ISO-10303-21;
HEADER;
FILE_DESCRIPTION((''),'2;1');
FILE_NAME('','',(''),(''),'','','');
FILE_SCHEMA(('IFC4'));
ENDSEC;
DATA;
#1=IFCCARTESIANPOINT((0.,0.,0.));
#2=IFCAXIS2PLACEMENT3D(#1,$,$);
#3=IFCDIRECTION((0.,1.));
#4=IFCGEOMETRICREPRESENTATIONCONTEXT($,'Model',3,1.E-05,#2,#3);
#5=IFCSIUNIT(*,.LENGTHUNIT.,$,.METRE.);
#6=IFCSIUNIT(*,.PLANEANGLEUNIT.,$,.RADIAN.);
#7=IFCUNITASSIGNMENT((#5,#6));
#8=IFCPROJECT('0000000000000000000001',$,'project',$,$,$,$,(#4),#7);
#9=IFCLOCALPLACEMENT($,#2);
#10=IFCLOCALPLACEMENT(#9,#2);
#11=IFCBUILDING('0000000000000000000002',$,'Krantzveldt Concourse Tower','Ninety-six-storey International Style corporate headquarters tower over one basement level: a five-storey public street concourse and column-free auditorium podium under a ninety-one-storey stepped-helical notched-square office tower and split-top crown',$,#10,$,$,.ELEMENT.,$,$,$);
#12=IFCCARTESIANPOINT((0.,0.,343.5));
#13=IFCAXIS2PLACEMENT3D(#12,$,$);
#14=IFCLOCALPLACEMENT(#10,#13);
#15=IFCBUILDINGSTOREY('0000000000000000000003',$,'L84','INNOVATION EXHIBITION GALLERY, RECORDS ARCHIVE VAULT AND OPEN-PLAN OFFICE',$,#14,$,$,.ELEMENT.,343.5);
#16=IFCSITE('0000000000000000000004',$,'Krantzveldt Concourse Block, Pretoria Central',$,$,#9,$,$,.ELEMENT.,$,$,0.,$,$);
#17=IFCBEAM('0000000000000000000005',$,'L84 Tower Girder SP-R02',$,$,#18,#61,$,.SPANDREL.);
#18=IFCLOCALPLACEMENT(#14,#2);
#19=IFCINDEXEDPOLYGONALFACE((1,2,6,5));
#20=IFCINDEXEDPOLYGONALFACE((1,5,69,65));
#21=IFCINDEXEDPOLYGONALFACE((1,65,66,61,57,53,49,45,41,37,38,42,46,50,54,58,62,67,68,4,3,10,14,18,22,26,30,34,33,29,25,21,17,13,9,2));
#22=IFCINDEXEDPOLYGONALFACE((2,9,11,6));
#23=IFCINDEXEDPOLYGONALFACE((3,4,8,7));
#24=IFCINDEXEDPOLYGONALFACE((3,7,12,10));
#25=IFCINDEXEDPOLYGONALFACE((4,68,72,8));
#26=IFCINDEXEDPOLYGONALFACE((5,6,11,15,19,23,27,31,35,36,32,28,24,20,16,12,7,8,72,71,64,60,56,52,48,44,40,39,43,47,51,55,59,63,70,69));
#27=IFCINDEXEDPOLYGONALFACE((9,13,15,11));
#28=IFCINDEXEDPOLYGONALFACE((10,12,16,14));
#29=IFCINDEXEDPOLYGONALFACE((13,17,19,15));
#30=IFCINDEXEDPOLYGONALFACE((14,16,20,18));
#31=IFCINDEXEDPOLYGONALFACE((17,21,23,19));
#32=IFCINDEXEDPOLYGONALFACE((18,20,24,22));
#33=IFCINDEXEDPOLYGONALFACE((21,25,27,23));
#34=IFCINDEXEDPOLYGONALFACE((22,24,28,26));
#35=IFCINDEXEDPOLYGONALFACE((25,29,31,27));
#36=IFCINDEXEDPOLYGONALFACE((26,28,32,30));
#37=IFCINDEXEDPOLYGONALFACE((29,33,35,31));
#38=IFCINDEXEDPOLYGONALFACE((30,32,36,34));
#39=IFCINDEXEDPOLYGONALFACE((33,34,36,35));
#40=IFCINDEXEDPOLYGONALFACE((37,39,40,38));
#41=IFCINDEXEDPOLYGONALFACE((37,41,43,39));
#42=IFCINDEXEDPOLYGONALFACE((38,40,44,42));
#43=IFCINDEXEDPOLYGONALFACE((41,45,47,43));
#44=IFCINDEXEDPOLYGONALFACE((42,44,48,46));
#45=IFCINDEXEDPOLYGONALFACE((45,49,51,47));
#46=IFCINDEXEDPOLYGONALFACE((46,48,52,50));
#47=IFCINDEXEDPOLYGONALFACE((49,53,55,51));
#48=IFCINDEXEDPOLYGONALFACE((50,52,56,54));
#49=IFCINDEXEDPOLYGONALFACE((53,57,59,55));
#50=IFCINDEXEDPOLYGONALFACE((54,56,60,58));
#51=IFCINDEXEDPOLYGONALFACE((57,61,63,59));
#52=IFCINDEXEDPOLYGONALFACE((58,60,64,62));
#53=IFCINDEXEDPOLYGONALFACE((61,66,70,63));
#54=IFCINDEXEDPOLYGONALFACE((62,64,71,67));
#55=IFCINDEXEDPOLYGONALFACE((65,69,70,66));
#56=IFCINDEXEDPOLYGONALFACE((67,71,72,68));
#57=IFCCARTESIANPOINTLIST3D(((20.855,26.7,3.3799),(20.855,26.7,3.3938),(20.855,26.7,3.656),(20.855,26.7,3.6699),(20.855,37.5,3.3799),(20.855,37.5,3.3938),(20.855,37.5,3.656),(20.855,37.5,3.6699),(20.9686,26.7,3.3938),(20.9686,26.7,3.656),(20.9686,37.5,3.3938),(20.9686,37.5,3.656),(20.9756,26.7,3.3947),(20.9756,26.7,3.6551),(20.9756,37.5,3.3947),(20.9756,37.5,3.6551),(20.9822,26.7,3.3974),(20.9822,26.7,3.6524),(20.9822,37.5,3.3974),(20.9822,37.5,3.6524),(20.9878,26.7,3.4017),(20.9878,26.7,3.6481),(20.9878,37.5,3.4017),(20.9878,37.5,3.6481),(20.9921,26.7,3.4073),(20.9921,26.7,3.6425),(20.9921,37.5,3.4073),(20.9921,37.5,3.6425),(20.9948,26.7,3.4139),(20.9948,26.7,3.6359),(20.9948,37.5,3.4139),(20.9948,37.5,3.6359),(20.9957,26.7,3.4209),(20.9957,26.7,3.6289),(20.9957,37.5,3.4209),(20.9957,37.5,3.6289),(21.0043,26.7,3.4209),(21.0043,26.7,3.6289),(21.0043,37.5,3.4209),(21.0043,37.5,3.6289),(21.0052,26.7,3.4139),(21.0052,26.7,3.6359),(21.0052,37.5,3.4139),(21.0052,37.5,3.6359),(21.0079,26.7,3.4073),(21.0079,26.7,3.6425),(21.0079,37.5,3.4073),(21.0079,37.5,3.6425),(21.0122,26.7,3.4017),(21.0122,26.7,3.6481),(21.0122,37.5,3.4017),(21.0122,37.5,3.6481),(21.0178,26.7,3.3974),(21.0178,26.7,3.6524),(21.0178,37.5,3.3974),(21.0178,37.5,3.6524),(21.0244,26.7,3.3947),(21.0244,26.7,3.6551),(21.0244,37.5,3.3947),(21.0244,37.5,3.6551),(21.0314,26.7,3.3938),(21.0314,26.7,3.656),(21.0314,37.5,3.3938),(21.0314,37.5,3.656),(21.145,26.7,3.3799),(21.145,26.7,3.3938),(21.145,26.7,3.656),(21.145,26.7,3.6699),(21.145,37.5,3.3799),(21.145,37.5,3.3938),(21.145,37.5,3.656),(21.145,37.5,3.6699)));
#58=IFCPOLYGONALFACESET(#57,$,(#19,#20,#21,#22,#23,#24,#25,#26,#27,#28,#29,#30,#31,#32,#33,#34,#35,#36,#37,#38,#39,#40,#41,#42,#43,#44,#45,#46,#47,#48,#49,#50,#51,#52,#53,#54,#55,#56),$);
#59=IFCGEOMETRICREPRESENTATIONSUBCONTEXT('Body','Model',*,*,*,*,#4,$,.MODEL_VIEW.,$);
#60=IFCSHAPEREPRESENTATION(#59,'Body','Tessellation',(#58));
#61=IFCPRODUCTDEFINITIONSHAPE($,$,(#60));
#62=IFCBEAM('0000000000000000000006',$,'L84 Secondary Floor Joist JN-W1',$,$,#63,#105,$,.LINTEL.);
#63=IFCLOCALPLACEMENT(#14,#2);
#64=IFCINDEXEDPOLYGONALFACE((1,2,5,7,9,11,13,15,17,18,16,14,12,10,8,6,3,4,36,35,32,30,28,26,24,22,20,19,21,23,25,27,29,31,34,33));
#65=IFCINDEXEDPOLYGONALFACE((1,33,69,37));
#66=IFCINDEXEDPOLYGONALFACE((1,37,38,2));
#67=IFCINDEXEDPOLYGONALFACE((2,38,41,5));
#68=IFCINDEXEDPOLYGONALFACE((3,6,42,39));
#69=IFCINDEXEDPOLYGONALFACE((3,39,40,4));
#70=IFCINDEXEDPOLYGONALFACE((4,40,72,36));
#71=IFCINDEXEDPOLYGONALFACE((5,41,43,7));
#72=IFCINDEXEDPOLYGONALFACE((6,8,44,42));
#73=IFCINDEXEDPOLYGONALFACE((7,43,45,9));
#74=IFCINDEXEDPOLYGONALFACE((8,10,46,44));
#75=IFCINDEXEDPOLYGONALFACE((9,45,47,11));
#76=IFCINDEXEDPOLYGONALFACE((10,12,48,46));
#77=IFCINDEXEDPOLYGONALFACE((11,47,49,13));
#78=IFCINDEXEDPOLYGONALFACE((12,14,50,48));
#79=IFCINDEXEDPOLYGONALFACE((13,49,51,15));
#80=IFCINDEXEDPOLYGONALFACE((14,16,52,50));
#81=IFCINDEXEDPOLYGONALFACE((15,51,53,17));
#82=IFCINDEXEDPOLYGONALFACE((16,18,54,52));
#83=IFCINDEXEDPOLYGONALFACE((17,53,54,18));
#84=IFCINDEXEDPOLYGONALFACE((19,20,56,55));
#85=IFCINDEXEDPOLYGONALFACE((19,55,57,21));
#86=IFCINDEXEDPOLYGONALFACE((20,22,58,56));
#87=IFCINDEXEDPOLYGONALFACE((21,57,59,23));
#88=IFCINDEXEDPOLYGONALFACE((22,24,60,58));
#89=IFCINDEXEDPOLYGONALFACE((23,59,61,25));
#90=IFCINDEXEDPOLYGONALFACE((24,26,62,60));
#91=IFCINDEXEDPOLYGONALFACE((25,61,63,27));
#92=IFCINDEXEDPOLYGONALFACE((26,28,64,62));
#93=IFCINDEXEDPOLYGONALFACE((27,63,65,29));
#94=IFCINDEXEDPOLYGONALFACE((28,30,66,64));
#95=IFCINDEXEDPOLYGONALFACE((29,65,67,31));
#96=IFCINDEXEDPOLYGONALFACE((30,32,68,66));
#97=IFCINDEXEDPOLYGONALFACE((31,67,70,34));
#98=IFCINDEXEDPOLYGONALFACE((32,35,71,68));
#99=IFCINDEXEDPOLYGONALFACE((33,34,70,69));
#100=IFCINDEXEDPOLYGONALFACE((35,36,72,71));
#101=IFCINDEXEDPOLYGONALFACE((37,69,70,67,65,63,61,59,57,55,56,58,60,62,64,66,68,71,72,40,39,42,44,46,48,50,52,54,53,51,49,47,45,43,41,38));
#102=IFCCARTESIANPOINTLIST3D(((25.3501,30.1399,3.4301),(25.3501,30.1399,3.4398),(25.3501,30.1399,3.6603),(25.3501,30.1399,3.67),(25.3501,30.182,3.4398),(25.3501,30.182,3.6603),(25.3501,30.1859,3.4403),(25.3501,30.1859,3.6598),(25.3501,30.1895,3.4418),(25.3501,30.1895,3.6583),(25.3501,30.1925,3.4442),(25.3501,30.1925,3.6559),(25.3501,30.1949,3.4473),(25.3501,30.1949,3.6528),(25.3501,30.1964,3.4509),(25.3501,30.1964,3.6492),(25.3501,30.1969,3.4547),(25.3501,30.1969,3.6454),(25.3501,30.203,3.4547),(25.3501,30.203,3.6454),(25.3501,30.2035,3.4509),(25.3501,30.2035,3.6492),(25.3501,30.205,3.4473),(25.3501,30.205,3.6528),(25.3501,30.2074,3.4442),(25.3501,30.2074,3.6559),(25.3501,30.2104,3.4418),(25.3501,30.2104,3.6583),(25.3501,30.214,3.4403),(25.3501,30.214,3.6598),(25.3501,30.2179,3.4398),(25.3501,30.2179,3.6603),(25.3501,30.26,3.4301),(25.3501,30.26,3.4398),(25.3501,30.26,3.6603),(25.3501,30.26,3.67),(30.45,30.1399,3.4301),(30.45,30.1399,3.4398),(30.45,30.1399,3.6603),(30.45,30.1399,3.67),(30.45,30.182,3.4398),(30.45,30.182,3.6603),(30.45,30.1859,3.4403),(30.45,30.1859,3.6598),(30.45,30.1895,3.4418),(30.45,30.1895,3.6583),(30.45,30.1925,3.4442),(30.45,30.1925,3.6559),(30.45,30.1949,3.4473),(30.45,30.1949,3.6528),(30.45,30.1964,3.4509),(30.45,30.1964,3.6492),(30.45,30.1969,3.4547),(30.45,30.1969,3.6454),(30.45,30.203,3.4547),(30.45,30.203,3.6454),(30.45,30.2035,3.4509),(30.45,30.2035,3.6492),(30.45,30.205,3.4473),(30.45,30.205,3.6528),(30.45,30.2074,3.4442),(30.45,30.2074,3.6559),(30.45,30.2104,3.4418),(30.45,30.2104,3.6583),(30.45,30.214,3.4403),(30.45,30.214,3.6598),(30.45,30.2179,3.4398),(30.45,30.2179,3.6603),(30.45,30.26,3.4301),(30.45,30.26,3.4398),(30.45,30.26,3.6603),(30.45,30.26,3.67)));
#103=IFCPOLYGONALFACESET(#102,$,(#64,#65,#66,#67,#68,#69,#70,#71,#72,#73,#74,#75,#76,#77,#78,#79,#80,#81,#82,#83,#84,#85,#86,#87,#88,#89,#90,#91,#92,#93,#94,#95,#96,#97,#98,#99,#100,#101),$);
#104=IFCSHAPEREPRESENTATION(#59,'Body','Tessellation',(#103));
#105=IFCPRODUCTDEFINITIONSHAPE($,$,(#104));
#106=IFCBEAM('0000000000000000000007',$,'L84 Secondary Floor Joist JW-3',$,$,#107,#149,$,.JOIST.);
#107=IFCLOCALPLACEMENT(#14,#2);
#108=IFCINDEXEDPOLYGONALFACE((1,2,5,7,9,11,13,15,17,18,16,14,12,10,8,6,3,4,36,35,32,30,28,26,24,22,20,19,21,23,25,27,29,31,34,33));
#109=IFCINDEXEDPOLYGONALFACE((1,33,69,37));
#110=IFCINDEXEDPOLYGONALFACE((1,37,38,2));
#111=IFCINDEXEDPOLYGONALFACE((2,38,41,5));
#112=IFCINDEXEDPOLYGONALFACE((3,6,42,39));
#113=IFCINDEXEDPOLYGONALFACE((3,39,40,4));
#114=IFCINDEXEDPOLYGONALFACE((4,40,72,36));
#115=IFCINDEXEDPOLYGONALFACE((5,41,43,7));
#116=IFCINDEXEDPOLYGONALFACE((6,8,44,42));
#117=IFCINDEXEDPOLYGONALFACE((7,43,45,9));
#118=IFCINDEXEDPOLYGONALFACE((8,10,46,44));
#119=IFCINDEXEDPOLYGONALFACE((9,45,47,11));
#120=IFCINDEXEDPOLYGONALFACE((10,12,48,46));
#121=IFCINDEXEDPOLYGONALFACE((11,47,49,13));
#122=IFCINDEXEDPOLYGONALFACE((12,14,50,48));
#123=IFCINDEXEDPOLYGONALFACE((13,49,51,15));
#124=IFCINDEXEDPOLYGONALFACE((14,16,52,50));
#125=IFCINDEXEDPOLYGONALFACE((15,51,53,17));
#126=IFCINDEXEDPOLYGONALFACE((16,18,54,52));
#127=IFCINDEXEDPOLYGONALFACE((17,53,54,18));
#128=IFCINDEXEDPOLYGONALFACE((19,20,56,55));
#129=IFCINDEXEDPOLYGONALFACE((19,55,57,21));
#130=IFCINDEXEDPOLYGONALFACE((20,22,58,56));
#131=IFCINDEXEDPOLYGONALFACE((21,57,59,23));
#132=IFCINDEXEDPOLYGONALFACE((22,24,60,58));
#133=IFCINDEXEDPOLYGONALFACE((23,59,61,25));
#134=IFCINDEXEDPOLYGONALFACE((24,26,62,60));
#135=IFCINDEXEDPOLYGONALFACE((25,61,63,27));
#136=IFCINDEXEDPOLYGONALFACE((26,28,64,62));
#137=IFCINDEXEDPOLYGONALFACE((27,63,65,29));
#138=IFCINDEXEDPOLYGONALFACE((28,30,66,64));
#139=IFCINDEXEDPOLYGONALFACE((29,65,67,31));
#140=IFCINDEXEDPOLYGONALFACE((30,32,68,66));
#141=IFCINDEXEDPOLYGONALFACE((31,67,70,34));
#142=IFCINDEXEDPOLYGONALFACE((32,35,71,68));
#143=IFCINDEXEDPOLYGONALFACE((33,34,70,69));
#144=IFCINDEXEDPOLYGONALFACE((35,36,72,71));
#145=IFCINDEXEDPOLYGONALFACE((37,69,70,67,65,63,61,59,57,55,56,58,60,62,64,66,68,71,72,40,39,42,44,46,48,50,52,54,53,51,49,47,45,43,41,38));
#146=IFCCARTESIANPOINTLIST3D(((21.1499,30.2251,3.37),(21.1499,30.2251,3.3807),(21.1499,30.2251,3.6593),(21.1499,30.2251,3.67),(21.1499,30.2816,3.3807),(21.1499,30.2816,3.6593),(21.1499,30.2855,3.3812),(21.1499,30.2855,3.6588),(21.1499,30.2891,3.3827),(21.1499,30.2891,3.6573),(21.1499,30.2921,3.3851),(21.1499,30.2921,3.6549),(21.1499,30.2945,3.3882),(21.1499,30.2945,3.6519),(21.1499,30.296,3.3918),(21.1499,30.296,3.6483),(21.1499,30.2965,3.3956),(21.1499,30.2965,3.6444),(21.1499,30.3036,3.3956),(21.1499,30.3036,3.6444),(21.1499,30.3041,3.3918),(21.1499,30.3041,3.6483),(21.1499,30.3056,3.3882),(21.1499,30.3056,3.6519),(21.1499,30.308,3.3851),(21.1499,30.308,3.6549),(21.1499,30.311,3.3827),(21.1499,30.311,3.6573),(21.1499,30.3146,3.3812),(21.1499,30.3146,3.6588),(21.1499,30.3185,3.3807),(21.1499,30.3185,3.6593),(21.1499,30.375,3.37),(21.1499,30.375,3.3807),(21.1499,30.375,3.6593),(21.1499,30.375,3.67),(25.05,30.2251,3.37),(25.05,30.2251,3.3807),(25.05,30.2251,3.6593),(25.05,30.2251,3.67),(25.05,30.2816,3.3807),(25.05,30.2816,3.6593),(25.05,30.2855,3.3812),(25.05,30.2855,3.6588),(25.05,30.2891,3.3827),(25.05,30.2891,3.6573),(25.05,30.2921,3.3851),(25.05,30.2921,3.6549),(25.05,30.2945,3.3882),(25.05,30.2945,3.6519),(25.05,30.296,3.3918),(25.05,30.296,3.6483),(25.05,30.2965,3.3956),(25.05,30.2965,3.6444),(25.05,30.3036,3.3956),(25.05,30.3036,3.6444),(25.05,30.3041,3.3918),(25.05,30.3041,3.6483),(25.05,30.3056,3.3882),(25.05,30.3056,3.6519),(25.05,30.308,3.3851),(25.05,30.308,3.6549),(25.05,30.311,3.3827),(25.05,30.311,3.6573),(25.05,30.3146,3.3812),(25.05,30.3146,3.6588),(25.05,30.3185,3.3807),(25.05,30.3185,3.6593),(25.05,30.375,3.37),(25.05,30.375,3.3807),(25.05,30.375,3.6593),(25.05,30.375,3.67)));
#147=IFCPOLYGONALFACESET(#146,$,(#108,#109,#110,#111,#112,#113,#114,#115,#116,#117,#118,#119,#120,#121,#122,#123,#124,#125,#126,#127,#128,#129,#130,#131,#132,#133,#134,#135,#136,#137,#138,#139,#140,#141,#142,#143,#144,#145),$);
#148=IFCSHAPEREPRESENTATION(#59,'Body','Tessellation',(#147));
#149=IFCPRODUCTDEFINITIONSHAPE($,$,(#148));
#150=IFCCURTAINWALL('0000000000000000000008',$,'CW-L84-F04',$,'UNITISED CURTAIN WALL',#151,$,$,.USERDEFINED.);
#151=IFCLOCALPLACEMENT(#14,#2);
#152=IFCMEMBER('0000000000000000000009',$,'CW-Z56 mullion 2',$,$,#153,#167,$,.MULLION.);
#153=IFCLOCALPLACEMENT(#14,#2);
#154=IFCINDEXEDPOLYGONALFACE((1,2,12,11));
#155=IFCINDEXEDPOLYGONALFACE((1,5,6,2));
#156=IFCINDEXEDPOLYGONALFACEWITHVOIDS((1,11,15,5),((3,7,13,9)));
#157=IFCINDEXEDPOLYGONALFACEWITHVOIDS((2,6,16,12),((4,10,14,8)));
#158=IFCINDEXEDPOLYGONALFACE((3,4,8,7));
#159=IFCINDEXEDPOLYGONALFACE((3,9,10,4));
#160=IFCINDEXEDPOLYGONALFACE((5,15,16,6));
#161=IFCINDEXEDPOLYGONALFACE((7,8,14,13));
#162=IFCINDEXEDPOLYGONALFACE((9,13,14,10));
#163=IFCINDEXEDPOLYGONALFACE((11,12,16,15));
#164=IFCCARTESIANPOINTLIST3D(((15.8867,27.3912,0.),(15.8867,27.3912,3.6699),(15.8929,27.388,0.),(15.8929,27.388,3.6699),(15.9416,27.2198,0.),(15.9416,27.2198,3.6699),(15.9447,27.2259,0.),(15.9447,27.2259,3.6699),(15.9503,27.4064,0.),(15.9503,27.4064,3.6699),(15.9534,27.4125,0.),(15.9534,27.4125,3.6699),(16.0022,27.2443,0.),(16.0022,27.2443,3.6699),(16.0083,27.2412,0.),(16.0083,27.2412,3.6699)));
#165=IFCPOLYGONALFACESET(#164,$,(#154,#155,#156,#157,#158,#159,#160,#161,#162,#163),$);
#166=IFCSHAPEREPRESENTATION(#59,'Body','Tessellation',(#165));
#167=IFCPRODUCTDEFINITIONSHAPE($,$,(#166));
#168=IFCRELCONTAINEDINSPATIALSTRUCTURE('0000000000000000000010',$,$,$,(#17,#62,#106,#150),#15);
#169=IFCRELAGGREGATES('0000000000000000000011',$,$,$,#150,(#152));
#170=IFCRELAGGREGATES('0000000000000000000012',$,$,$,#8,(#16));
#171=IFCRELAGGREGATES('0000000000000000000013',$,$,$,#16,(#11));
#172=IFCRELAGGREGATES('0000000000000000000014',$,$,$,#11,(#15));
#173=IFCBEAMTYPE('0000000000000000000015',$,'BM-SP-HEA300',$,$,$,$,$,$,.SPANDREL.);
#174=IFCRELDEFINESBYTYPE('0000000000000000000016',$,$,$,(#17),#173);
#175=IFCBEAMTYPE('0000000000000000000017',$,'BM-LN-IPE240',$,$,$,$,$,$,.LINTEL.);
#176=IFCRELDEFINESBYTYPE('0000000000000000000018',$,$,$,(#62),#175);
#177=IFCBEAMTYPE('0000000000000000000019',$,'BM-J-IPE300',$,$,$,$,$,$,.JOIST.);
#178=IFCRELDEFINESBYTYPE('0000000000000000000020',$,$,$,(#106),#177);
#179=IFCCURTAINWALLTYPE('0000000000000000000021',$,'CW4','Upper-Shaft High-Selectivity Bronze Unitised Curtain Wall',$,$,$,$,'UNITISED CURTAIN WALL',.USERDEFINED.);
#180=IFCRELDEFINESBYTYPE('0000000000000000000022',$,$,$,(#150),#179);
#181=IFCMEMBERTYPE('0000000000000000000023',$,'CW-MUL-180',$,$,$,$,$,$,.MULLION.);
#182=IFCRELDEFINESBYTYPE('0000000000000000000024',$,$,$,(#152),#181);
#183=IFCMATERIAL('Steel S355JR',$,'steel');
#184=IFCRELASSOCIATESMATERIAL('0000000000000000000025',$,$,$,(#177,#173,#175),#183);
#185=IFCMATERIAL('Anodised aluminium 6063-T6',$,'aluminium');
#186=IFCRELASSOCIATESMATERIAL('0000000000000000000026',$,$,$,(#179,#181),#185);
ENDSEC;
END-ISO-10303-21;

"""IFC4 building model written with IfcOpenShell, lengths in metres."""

from ifc_helpers import new_model, si_unit, direction, frame, origin, origin_2d, place, context, subcontext, project, spatial, hollow_rectangle, i_section, extrude, source, transform, mapped, material, material_profile, profile_set, type_object, type_shapes, element, aggregate, save


model = new_model("IFC4")

# Units and contexts
model_context = context("Model", 3, precision=1e-05, world=origin(), true_north=direction((0.0, 1.0)))
body_context = subcontext(model_context, "Body", "Model", "MODEL_VIEW")
ifc_project = project(units=[si_unit("LENGTHUNIT", "METRE"), si_unit("PLANEANGLEUNIT", "RADIAN")], contexts=[model_context])

# Site, building, storey
site_placement = place(None, origin())
site = spatial("IfcSite", under=ifc_project, at=site_placement, Name="Krantzveldt Concourse Block, Pretoria Central", CompositionType="ELEMENT", RefElevation=0.0)
building_placement = place(site_placement, origin())
building = spatial("IfcBuilding", under=site, at=building_placement, Name="Krantzveldt Concourse Tower", Description="Ninety-six-storey International Style corporate headquarters tower over one basement level: a five-storey public street concourse and column-free auditorium podium under a ninety-one-storey stepped-helical notched-square office tower and split-top crown", CompositionType="ELEMENT")
storey_placement = place(building_placement, frame((0.0, 0.0, 343.5)))
storey = spatial("IfcBuildingStorey", under=building, at=storey_placement, Name="L84", Description="INNOVATION EXHIBITION GALLERY, RECORDS ARCHIVE VAULT AND OPEN-PLAN OFFICE", CompositionType="ELEMENT", Elevation=343.5)

# Beams
ifc_material_1 = material(Name="Steel S355JR", Category="steel")
ifc_material_profile_1 = material_profile(ifc_material_1, i_section(OverallWidth=0.1499, OverallDepth=0.3, WebThickness=0.0071, FlangeThickness=0.0107, FilletRadius=0.0149, at=origin_2d()), Name="Steel S355JR", Category="steel")
ifc_profile_set_1 = profile_set([ifc_material_profile_1], Name="Steel S355JR - IPE 300")
beam_type_1 = type_object("IfcBeamType", Name="BM-J-IPE300", PredefinedType="JOIST", material=ifc_profile_set_1)
ifc_material_profile_2 = material_profile(ifc_material_1, i_section(OverallWidth=0.29, OverallDepth=0.29, WebThickness=0.0085, FlangeThickness=0.0139, FilletRadius=0.0271, at=origin_2d()), Name="Steel S355JR", Category="steel")
ifc_profile_set_2 = profile_set([ifc_material_profile_2], Name="Steel S355JR - HEA 300")
beam_type_2 = type_object("IfcBeamType", Name="BM-SP-HEA300", PredefinedType="SPANDREL", material=ifc_profile_set_2)
shared_shape_1 = source(origin(), body_context, "Body", "SweptSolid", [
    extrude(i_section(OverallWidth=0.29, OverallDepth=0.29, WebThickness=0.0085, FlangeThickness=0.0139, FilletRadius=0.0271, at=origin_2d()), origin(), (0.0, 0.0, 1.0), 10.8),
])
type_shapes(beam_type_2, [shared_shape_1])
beam_1_placement = place(storey_placement, frame((21.0, 26.7, 3.5249), z_axis=(0.0, 1.0, 0.0), x_axis=(-1.0, 0.0, 0.0)))
element("IfcBeam", 1, at=beam_1_placement, inside=storey, type_object=beam_type_2, Name="L84 Tower Girder SP-R02", PredefinedType="SPANDREL", context=body_context, shape_type="MappedRepresentation", body=[
    mapped(shared_shape_1, transform((0.0, 0.0, 0.0), x_axis=(1.0, 0.0, 0.0), y_axis=(0.0, 1.0, 0.0), z_axis=(0.0, 0.0, 1.0), scale=1.0)),
])
ifc_material_profile_3 = material_profile(ifc_material_1, i_section(OverallWidth=0.1201, OverallDepth=0.24, WebThickness=0.0061, FlangeThickness=0.0098, FilletRadius=0.0149, at=origin_2d()), Name="Steel S355JR", Category="steel")
ifc_profile_set_3 = profile_set([ifc_material_profile_3], Name="Steel S355JR - IPE 240")
beam_type_3 = type_object("IfcBeamType", Name="BM-LN-IPE240", PredefinedType="LINTEL", material=ifc_profile_set_3)
shared_shape_2 = source(origin(), body_context, "Body", "SweptSolid", [
    extrude(i_section(OverallWidth=0.1201, OverallDepth=0.24, WebThickness=0.0061, FlangeThickness=0.0098, FilletRadius=0.0149, at=origin_2d()), origin(), (0.0, 0.0, 1.0), 5.0999),
])
type_shapes(beam_type_3, [shared_shape_2])
beam_2_placement = place(storey_placement, frame((25.3501, 30.2, 3.55), z_axis=(1.0, 0.0, 0.0), x_axis=(0.0, 1.0, 0.0)))
element("IfcBeam", 2, at=beam_2_placement, inside=storey, type_object=beam_type_3, Name="L84 Secondary Floor Joist JN-W1", PredefinedType="LINTEL", context=body_context, shape_type="MappedRepresentation", body=[
    mapped(shared_shape_2, transform((0.0, 0.0, 0.0), x_axis=(1.0, 0.0, 0.0), y_axis=(0.0, 1.0, 0.0), z_axis=(0.0, 0.0, 1.0), scale=1.0)),
])
shared_shape_3 = source(origin(), body_context, "Body", "SweptSolid", [
    extrude(i_section(OverallWidth=0.1499, OverallDepth=0.3, WebThickness=0.0071, FlangeThickness=0.0107, FilletRadius=0.0149, at=origin_2d()), origin(), (0.0, 0.0, 1.0), 3.9001),
])
beam_3_placement = place(storey_placement, frame((21.1499, 30.3, 3.52), z_axis=(1.0, 0.0, 0.0), x_axis=(0.0, 1.0, 0.0)))
element("IfcBeam", 3, at=beam_3_placement, inside=storey, type_object=beam_type_1, Name="L84 Secondary Floor Joist JW-3", PredefinedType="JOIST", context=body_context, shape_type="MappedRepresentation", body=[
    mapped(shared_shape_3, transform((0.0, 0.0, 0.0), x_axis=(1.0, 0.0, 0.0), y_axis=(0.0, 1.0, 0.0), z_axis=(0.0, 0.0, 1.0), scale=1.0)),
])

# Curtain wall, member
ifc_material_2 = material(Name="Anodised aluminium 6063-T6", Category="aluminium")
curtain_wall_type = type_object("IfcCurtainWallType", Name="CW4", Description="Upper-Shaft High-Selectivity Bronze Unitised Curtain Wall", ElementType="UNITISED CURTAIN WALL", PredefinedType="USERDEFINED", material=ifc_material_2)
curtain_wall_placement = place(storey_placement, origin())
curtain_wall = element("IfcCurtainWall", 4, at=curtain_wall_placement, inside=storey, type_object=curtain_wall_type, Name="CW-L84-F04", ObjectType="UNITISED CURTAIN WALL", PredefinedType="USERDEFINED")
ifc_material_profile_4 = material_profile(ifc_material_2, hollow_rectangle(XDim=0.0701, YDim=0.1799, WallThickness=0.0049, at=origin_2d()), Name="Anodised aluminium 6063-T6", Category="aluminium")
ifc_profile_set_4 = profile_set([ifc_material_profile_4], Name="Anodised aluminium 6063-T6 - ALU-MULL 180x70x5")
member_type_1 = type_object("IfcMemberType", Name="CW-MUL-180", PredefinedType="MULLION", material=ifc_profile_set_4)
shared_shape_4 = source(origin(), body_context, "Body", "SweptSolid", [
    extrude(hollow_rectangle(XDim=0.0701, YDim=0.1799, WallThickness=0.0049, at=origin_2d()), origin(), (0.0, 0.0, 1.0), 3.6699),
])
type_shapes(member_type_1, [shared_shape_4])
member_1_placement = place(storey_placement, frame((15.9475, 27.3162, 0.0), z_axis=(0.0, 0.0, 1.0), x_axis=(0.952396, 0.304864, 0.0)))
member_1 = element("IfcMember", 5, at=member_1_placement, type_object=member_type_1, Name="CW-Z56 mullion 2", PredefinedType="MULLION", context=body_context, shape_type="MappedRepresentation", body=[
    mapped(shared_shape_4, transform((0.0, 0.0, 0.0), x_axis=(1.0, 0.0, 0.0), y_axis=(0.0, 1.0, 0.0), z_axis=(0.0, 0.0, 1.0), scale=1.0)),
])
aggregate(curtain_wall, [member_1])

save(model, "model.ifc")
